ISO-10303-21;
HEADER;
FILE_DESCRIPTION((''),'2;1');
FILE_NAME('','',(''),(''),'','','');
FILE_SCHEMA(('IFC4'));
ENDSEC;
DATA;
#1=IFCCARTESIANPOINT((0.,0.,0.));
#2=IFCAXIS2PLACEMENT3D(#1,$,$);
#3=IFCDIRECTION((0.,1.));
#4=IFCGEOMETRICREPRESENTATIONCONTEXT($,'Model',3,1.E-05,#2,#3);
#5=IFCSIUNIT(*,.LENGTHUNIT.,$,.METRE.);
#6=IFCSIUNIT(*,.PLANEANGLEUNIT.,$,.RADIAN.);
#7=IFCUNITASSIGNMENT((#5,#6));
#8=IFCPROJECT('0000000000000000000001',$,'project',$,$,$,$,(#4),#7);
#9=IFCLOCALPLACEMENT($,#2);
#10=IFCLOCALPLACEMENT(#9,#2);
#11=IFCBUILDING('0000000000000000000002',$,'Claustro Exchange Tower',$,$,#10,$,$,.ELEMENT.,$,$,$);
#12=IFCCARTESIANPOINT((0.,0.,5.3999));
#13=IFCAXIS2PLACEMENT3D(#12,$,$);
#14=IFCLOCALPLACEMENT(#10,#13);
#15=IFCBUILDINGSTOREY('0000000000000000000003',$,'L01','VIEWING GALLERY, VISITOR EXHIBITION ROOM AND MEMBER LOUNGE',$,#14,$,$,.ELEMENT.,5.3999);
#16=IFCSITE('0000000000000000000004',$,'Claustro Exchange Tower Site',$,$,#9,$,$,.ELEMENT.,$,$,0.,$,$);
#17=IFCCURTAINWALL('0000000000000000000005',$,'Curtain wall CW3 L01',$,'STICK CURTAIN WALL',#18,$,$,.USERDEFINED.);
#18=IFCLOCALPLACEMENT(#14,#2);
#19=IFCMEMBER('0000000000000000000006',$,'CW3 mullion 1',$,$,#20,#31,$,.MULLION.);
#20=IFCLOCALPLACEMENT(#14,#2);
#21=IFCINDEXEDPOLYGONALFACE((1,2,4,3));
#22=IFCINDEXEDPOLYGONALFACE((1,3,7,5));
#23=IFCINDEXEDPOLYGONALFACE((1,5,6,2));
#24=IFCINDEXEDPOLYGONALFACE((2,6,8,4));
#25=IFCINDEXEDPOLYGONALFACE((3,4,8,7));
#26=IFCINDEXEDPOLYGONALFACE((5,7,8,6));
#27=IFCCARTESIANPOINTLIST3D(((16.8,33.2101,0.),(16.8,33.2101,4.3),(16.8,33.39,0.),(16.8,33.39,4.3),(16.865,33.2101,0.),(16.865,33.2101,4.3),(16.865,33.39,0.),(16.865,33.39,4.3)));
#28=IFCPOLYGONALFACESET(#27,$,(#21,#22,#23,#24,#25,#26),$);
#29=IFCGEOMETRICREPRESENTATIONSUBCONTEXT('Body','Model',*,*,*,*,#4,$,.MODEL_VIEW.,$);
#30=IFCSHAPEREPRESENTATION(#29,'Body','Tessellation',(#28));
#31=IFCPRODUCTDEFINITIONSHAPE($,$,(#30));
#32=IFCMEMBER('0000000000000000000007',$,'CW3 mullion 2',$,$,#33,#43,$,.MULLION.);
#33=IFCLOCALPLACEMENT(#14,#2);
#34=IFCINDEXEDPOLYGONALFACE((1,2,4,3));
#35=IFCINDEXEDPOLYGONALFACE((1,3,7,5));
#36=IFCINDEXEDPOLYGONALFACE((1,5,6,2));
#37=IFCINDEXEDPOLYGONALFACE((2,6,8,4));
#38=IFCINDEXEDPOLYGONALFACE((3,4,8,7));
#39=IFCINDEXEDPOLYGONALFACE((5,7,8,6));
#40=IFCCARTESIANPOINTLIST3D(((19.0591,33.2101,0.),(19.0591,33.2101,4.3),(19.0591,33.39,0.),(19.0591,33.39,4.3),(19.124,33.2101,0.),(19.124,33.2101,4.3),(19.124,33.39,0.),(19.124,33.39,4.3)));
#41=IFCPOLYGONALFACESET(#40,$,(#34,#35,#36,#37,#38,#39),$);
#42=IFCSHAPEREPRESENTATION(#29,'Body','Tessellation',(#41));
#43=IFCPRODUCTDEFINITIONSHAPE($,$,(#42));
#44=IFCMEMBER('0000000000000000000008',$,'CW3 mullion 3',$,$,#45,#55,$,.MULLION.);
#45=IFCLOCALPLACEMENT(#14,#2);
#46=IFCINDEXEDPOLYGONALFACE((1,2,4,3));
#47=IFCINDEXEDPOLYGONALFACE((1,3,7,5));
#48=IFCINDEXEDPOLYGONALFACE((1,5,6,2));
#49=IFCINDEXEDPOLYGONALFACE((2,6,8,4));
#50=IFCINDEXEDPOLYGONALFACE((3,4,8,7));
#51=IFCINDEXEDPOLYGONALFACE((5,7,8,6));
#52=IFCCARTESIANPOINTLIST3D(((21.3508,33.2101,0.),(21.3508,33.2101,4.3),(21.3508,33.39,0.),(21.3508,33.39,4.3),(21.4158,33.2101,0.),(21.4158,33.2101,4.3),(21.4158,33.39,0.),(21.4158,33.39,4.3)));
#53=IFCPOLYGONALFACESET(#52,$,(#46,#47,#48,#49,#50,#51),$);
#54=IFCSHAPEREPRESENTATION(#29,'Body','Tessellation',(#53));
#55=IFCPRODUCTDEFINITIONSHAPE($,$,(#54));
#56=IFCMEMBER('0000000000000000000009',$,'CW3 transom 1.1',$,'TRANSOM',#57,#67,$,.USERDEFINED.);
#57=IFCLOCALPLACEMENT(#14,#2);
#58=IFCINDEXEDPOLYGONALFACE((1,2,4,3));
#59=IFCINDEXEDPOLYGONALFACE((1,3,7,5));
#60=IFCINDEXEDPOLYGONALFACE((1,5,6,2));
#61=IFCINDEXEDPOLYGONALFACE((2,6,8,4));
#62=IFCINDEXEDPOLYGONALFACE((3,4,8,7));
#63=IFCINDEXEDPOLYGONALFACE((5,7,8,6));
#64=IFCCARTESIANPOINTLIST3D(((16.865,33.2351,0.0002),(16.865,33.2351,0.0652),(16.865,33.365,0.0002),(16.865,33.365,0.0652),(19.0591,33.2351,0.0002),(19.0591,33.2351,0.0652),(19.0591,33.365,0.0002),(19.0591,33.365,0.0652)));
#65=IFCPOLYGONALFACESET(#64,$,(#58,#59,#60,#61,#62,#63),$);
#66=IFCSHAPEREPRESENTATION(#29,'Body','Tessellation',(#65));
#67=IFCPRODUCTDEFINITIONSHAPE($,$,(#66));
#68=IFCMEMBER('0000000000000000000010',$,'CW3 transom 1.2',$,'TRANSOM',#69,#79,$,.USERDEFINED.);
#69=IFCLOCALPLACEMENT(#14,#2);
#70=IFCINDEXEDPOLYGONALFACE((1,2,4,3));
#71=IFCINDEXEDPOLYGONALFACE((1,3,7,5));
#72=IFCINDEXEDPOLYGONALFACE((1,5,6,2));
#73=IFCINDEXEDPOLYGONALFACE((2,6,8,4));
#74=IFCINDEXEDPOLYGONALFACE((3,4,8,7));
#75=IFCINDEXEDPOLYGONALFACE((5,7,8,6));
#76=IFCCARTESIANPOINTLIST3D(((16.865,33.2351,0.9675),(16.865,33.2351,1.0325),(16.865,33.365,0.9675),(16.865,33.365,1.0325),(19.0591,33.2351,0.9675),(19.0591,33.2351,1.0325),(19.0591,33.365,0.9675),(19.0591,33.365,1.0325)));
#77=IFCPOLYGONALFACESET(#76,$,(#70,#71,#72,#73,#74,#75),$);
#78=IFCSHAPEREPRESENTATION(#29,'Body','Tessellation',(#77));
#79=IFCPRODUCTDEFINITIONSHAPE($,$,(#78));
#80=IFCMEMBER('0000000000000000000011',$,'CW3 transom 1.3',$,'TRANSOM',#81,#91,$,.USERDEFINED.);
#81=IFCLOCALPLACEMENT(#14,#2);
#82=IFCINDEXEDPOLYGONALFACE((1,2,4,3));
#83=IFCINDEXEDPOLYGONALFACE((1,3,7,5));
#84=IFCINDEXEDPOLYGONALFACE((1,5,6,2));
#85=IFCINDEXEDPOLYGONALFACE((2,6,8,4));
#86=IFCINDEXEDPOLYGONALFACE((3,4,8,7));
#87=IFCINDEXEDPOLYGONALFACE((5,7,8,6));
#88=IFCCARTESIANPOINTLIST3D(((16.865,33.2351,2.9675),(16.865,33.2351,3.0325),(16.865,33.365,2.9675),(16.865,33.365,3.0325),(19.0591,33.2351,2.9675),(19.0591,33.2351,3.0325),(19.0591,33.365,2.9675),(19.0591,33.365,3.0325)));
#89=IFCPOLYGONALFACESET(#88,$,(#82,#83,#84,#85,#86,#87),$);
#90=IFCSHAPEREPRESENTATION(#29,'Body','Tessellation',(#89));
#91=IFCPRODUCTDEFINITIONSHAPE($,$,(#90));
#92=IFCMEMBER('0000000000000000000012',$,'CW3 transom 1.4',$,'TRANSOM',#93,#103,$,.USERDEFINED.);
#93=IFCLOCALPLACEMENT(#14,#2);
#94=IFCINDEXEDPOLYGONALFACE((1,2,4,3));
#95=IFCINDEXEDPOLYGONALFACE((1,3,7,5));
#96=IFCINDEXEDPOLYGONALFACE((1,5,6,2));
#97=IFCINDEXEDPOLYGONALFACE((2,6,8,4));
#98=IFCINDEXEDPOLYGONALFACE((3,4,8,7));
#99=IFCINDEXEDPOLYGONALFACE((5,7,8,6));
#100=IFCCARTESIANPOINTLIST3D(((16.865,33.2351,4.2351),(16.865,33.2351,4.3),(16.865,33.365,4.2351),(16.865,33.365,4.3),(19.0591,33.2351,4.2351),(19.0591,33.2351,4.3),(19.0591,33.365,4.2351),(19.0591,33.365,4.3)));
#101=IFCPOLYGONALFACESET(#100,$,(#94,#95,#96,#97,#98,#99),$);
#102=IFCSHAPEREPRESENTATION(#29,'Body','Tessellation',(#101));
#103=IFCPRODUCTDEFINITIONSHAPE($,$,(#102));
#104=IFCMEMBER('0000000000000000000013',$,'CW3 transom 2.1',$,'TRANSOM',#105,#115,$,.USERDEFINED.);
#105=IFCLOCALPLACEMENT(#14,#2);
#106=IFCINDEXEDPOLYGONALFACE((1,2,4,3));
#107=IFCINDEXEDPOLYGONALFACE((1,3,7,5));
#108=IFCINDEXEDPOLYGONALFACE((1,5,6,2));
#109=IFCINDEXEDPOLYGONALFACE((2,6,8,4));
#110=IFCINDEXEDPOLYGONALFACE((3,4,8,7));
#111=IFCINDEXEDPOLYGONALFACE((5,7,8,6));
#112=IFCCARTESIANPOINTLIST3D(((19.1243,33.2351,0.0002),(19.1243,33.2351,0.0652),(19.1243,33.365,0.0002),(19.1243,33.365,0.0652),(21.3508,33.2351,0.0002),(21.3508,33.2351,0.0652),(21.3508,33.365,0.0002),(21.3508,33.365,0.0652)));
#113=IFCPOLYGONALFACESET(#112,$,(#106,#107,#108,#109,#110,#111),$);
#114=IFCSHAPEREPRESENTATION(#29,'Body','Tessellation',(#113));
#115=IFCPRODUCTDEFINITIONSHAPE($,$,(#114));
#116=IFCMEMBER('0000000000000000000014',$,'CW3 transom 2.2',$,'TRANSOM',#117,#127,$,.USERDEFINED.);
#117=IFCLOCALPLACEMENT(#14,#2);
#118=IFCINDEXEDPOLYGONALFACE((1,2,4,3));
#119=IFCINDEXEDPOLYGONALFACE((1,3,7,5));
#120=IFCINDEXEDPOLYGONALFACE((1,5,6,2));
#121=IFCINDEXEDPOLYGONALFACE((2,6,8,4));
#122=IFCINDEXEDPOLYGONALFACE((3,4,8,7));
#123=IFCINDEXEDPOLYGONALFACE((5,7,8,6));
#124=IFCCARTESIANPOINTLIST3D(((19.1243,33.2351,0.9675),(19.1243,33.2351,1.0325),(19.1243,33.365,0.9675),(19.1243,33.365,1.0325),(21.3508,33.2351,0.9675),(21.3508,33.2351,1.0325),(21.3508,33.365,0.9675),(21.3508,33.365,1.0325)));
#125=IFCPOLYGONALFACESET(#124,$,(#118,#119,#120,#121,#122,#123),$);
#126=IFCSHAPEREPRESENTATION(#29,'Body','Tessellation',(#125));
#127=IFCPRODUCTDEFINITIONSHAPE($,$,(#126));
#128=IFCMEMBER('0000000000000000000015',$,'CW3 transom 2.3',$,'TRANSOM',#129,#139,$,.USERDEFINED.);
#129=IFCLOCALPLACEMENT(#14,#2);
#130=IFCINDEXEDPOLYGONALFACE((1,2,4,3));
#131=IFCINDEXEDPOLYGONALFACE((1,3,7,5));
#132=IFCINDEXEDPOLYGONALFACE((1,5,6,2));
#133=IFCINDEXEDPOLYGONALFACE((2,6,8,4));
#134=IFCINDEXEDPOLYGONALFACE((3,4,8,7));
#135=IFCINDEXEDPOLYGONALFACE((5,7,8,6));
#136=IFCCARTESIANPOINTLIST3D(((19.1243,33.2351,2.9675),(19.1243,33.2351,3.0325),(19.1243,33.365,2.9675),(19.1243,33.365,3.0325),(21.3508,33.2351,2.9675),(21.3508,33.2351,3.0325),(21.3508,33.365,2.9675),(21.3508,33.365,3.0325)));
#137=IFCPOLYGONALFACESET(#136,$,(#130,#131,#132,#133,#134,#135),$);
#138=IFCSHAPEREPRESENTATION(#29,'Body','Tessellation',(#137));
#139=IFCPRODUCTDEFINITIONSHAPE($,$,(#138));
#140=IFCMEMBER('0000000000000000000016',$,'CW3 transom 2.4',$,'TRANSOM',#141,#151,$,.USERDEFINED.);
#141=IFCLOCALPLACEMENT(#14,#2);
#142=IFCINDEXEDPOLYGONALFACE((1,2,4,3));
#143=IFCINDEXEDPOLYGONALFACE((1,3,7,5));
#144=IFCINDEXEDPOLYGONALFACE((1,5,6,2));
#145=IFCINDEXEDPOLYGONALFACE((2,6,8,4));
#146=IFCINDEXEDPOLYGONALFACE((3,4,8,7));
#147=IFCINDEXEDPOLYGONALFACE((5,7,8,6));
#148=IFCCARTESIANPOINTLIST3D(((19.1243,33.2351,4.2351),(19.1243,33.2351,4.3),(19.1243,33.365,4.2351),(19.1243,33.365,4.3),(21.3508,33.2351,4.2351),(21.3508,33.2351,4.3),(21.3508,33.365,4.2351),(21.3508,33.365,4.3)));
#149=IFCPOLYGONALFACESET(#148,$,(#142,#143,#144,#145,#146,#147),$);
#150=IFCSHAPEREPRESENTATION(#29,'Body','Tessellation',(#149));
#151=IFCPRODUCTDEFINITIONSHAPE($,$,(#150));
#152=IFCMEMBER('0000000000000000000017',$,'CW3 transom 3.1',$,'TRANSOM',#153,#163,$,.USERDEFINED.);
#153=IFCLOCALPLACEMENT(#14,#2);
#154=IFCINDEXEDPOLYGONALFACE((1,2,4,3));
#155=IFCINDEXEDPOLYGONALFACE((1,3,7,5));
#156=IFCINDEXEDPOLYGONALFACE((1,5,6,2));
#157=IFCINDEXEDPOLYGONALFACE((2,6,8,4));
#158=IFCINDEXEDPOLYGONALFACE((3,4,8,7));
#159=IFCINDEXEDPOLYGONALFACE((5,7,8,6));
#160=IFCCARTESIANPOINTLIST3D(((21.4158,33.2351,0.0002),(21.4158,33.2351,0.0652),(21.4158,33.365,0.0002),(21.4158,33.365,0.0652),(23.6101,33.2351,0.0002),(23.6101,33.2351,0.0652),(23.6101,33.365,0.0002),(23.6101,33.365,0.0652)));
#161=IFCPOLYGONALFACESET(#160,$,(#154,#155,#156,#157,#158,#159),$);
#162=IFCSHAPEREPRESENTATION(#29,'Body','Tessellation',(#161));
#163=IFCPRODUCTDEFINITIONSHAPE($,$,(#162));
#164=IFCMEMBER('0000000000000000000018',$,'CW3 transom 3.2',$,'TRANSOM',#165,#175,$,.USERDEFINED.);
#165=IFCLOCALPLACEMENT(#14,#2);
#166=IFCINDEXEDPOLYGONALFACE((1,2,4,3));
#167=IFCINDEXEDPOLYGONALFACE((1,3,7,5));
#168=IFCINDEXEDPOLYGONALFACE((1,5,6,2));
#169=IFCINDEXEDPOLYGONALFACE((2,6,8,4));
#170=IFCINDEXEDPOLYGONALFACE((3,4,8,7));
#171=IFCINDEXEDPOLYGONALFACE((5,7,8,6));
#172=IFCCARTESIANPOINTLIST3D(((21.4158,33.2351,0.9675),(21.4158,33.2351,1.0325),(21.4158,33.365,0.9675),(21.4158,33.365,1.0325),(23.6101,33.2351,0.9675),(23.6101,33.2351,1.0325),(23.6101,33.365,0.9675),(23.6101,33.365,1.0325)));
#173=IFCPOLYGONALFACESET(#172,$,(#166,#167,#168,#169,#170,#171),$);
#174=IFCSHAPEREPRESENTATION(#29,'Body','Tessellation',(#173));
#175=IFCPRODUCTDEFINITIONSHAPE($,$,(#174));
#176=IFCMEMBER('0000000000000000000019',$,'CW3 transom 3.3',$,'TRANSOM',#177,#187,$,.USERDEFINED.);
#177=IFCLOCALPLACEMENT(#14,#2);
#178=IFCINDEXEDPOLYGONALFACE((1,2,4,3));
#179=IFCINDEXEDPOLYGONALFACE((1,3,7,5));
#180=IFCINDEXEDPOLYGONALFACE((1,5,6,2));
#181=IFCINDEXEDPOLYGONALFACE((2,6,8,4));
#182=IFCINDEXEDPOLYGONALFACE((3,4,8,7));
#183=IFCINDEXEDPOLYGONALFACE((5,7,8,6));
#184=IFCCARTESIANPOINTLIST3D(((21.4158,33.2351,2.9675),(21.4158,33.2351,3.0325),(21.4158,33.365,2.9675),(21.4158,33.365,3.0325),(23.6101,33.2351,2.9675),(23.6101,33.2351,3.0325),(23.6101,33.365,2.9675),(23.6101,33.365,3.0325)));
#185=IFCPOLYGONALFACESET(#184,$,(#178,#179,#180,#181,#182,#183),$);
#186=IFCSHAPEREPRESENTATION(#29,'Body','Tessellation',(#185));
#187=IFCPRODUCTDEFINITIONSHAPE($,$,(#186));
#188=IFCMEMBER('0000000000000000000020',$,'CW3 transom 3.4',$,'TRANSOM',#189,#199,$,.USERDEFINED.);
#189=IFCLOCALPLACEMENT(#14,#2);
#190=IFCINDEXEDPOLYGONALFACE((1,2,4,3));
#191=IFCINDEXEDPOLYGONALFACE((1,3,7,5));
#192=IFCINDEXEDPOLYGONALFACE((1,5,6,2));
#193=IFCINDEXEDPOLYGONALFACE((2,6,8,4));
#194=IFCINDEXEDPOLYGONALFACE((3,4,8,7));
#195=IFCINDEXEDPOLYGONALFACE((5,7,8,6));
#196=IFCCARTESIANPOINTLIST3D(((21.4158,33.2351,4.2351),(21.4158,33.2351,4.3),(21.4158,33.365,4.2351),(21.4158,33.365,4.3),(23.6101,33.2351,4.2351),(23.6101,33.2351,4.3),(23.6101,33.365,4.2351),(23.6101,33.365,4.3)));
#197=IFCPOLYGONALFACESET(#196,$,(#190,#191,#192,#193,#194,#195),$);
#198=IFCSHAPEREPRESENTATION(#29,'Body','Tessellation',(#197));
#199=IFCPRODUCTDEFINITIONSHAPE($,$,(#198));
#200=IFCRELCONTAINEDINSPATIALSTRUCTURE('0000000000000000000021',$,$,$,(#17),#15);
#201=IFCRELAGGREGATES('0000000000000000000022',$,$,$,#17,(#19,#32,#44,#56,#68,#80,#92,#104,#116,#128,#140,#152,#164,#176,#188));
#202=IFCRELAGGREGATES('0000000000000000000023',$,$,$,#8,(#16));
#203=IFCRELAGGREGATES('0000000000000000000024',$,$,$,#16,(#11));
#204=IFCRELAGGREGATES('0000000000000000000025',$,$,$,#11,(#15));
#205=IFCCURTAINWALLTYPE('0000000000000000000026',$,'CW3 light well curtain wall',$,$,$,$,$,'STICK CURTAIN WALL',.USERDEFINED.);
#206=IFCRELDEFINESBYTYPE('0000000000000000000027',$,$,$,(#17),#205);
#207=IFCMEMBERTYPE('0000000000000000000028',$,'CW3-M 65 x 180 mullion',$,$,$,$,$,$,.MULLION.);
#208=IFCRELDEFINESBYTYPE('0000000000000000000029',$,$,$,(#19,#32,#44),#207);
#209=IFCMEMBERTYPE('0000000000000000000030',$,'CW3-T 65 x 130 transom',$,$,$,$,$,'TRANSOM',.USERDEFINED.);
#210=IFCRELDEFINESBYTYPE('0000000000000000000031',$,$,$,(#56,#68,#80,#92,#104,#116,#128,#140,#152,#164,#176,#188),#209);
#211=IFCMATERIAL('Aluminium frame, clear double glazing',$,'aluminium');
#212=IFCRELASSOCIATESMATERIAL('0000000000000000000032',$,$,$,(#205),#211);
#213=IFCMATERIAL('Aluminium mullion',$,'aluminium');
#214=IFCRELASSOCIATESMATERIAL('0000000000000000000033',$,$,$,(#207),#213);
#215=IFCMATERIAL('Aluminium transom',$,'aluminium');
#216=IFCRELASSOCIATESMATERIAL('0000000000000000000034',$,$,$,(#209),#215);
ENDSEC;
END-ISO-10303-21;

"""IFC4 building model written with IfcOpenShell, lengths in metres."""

from ifc_helpers import new_model, si_unit, direction, frame, origin, origin_2d, place, context, subcontext, project, spatial, rectangle, extrude, material, material_profile, profile_set, type_object, element, aggregate, save


model = new_model("IFC4")

# Units and contexts
model_context = context("Model", 3, precision=1e-05, world=origin(), true_north=direction((0.0, 1.0)))
body_context = subcontext(model_context, "Body", "Model", "MODEL_VIEW")
ifc_project = project(units=[si_unit("LENGTHUNIT", "METRE"), si_unit("PLANEANGLEUNIT", "RADIAN")], contexts=[model_context])

# Site, building, storey
site_placement = place(None, origin())
site = spatial("IfcSite", under=ifc_project, at=site_placement, Name="Claustro Exchange Tower Site", CompositionType="ELEMENT", RefElevation=0.0)
building_placement = place(site_placement, origin())
building = spatial("IfcBuilding", under=site, at=building_placement, Name="Claustro Exchange Tower", CompositionType="ELEMENT")
storey_placement = place(building_placement, frame((0.0, 0.0, 5.3999)))
storey = spatial("IfcBuildingStorey", under=building, at=storey_placement, Name="L01", Description="VIEWING GALLERY, VISITOR EXHIBITION ROOM AND MEMBER LOUNGE", CompositionType="ELEMENT", Elevation=5.3999)

# Curtain wall, members
ifc_material_1 = material(Name="Aluminium frame, clear double glazing", Category="aluminium")
curtain_wall_type = type_object("IfcCurtainWallType", Name="CW3 light well curtain wall", ElementType="STICK CURTAIN WALL", PredefinedType="USERDEFINED", material=ifc_material_1)
curtain_wall_1_placement = place(storey_placement, origin())
curtain_wall_1 = element("IfcCurtainWall", 1, at=curtain_wall_1_placement, inside=storey, type_object=curtain_wall_type, Name="Curtain wall CW3 L01", ObjectType="STICK CURTAIN WALL", PredefinedType="USERDEFINED")
ifc_material_2 = material(Name="Aluminium mullion", Category="aluminium")
ifc_material_profile_1 = material_profile(ifc_material_2, rectangle(XDim=0.1799, YDim=0.0649, at=origin_2d()), Name="CW3-M 65x180")
ifc_profile_set_1 = profile_set([ifc_material_profile_1], Name="Aluminium mullion")
member_type_1 = type_object("IfcMemberType", Name="CW3-M 65 x 180 mullion", PredefinedType="MULLION", material=ifc_profile_set_1)
member_1_placement = place(storey_placement, frame((16.8325, 33.3, 0.0), z_axis=(0.0, 0.0, 1.0), x_axis=(0.0, 1.0, 0.0)))
member_1 = element("IfcMember", 2, at=member_1_placement, type_object=member_type_1, Name="CW3 mullion 1", PredefinedType="MULLION", context=body_context, shape_type="SweptSolid", body=[
    extrude(rectangle(XDim=0.1799, YDim=0.0649, at=origin_2d()), origin(), (0.0, 0.0, 1.0), 4.3),
])
member_2_placement = place(storey_placement, frame((19.0916, 33.3, 0.0), z_axis=(0.0, 0.0, 1.0), x_axis=(0.0, 1.0, 0.0)))
member_2 = element("IfcMember", 3, at=member_2_placement, type_object=member_type_1, Name="CW3 mullion 2", PredefinedType="MULLION", context=body_context, shape_type="SweptSolid", body=[
    extrude(rectangle(XDim=0.1799, YDim=0.0649, at=origin_2d()), origin(), (0.0, 0.0, 1.0), 4.3),
])
member_3_placement = place(storey_placement, frame((21.3833, 33.3, 0.0), z_axis=(0.0, 0.0, 1.0), x_axis=(0.0, 1.0, 0.0)))
member_3 = element("IfcMember", 4, at=member_3_placement, type_object=member_type_1, Name="CW3 mullion 3", PredefinedType="MULLION", context=body_context, shape_type="SweptSolid", body=[
    extrude(rectangle(XDim=0.1799, YDim=0.0649, at=origin_2d()), origin(), (0.0, 0.0, 1.0), 4.3),
])
ifc_material_3 = material(Name="Aluminium transom", Category="aluminium")
ifc_material_profile_2 = material_profile(ifc_material_3, rectangle(XDim=0.1299, YDim=0.0649, at=origin_2d()), Name="CW3-T 65x130")
ifc_profile_set_2 = profile_set([ifc_material_profile_2], Name="Aluminium transom")
member_type_2 = type_object("IfcMemberType", Name="CW3-T 65 x 130 transom", ElementType="TRANSOM", PredefinedType="USERDEFINED", material=ifc_profile_set_2)
member_4_placement = place(storey_placement, frame((16.865, 33.3, 0.0327), z_axis=(1.0, 0.0, 0.0), x_axis=(0.0, 1.0, 0.0)))
member_4 = element("IfcMember", 5, at=member_4_placement, type_object=member_type_2, Name="CW3 transom 1.1", ObjectType="TRANSOM", PredefinedType="USERDEFINED", context=body_context, shape_type="SweptSolid", body=[
    extrude(rectangle(XDim=0.1299, YDim=0.0649, at=origin_2d()), origin(), (0.0, 0.0, 1.0), 2.1941),
])
member_5_placement = place(storey_placement, frame((16.865, 33.3, 1.0), z_axis=(1.0, 0.0, 0.0), x_axis=(0.0, 1.0, 0.0)))
member_5 = element("IfcMember", 6, at=member_5_placement, type_object=member_type_2, Name="CW3 transom 1.2", ObjectType="TRANSOM", PredefinedType="USERDEFINED", context=body_context, shape_type="SweptSolid", body=[
    extrude(rectangle(XDim=0.1299, YDim=0.0649, at=origin_2d()), origin(), (0.0, 0.0, 1.0), 2.1941),
])
member_6_placement = place(storey_placement, frame((16.865, 33.3, 3.0), z_axis=(1.0, 0.0, 0.0), x_axis=(0.0, 1.0, 0.0)))
member_6 = element("IfcMember", 7, at=member_6_placement, type_object=member_type_2, Name="CW3 transom 1.3", ObjectType="TRANSOM", PredefinedType="USERDEFINED", context=body_context, shape_type="SweptSolid", body=[
    extrude(rectangle(XDim=0.1299, YDim=0.0649, at=origin_2d()), origin(), (0.0, 0.0, 1.0), 2.1941),
])
member_7_placement = place(storey_placement, frame((16.865, 33.3, 4.2676), z_axis=(1.0, 0.0, 0.0), x_axis=(0.0, 1.0, 0.0)))
member_7 = element("IfcMember", 8, at=member_7_placement, type_object=member_type_2, Name="CW3 transom 1.4", ObjectType="TRANSOM", PredefinedType="USERDEFINED", context=body_context, shape_type="SweptSolid", body=[
    extrude(rectangle(XDim=0.1299, YDim=0.0649, at=origin_2d()), origin(), (0.0, 0.0, 1.0), 2.1941),
])
member_8_placement = place(storey_placement, frame((19.1243, 33.3, 0.0327), z_axis=(1.0, 0.0, 0.0), x_axis=(0.0, 1.0, 0.0)))
member_8 = element("IfcMember", 9, at=member_8_placement, type_object=member_type_2, Name="CW3 transom 2.1", ObjectType="TRANSOM", PredefinedType="USERDEFINED", context=body_context, shape_type="SweptSolid", body=[
    extrude(rectangle(XDim=0.1299, YDim=0.0649, at=origin_2d()), origin(), (0.0, 0.0, 1.0), 2.2266),
])
member_9_placement = place(storey_placement, frame((19.1243, 33.3, 1.0), z_axis=(1.0, 0.0, 0.0), x_axis=(0.0, 1.0, 0.0)))
member_9 = element("IfcMember", 10, at=member_9_placement, type_object=member_type_2, Name="CW3 transom 2.2", ObjectType="TRANSOM", PredefinedType="USERDEFINED", context=body_context, shape_type="SweptSolid", body=[
    extrude(rectangle(XDim=0.1299, YDim=0.0649, at=origin_2d()), origin(), (0.0, 0.0, 1.0), 2.2266),
])
member_10_placement = place(storey_placement, frame((19.1243, 33.3, 3.0), z_axis=(1.0, 0.0, 0.0), x_axis=(0.0, 1.0, 0.0)))
member_10 = element("IfcMember", 11, at=member_10_placement, type_object=member_type_2, Name="CW3 transom 2.3", ObjectType="TRANSOM", PredefinedType="USERDEFINED", context=body_context, shape_type="SweptSolid", body=[
    extrude(rectangle(XDim=0.1299, YDim=0.0649, at=origin_2d()), origin(), (0.0, 0.0, 1.0), 2.2266),
])
member_11_placement = place(storey_placement, frame((19.1243, 33.3, 4.2676), z_axis=(1.0, 0.0, 0.0), x_axis=(0.0, 1.0, 0.0)))
member_11 = element("IfcMember", 12, at=member_11_placement, type_object=member_type_2, Name="CW3 transom 2.4", ObjectType="TRANSOM", PredefinedType="USERDEFINED", context=body_context, shape_type="SweptSolid", body=[
    extrude(rectangle(XDim=0.1299, YDim=0.0649, at=origin_2d()), origin(), (0.0, 0.0, 1.0), 2.2266),
])
member_12_placement = place(storey_placement, frame((21.4158, 33.3, 0.0327), z_axis=(1.0, 0.0, 0.0), x_axis=(0.0, 1.0, 0.0)))
member_12 = element("IfcMember", 13, at=member_12_placement, type_object=member_type_2, Name="CW3 transom 3.1", ObjectType="TRANSOM", PredefinedType="USERDEFINED", context=body_context, shape_type="SweptSolid", body=[
    extrude(rectangle(XDim=0.1299, YDim=0.0649, at=origin_2d()), origin(), (0.0, 0.0, 1.0), 2.1943),
])
member_13_placement = place(storey_placement, frame((21.4158, 33.3, 1.0), z_axis=(1.0, 0.0, 0.0), x_axis=(0.0, 1.0, 0.0)))
member_13 = element("IfcMember", 14, at=member_13_placement, type_object=member_type_2, Name="CW3 transom 3.2", ObjectType="TRANSOM", PredefinedType="USERDEFINED", context=body_context, shape_type="SweptSolid", body=[
    extrude(rectangle(XDim=0.1299, YDim=0.0649, at=origin_2d()), origin(), (0.0, 0.0, 1.0), 2.1943),
])
member_14_placement = place(storey_placement, frame((21.4158, 33.3, 3.0), z_axis=(1.0, 0.0, 0.0), x_axis=(0.0, 1.0, 0.0)))
member_14 = element("IfcMember", 15, at=member_14_placement, type_object=member_type_2, Name="CW3 transom 3.3", ObjectType="TRANSOM", PredefinedType="USERDEFINED", context=body_context, shape_type="SweptSolid", body=[
    extrude(rectangle(XDim=0.1299, YDim=0.0649, at=origin_2d()), origin(), (0.0, 0.0, 1.0), 2.1943),
])
member_15_placement = place(storey_placement, frame((21.4158, 33.3, 4.2676), z_axis=(1.0, 0.0, 0.0), x_axis=(0.0, 1.0, 0.0)))
member_15 = element("IfcMember", 16, at=member_15_placement, type_object=member_type_2, Name="CW3 transom 3.4", ObjectType="TRANSOM", PredefinedType="USERDEFINED", context=body_context, shape_type="SweptSolid", body=[
    extrude(rectangle(XDim=0.1299, YDim=0.0649, at=origin_2d()), origin(), (0.0, 0.0, 1.0), 2.1943),
])

aggregate(curtain_wall_1, [member_1, member_2, member_3, member_4, member_5, member_6, member_7, member_8, member_9, member_10, member_11, member_12, member_13, member_14, member_15])

save(model, "model.ifc")
